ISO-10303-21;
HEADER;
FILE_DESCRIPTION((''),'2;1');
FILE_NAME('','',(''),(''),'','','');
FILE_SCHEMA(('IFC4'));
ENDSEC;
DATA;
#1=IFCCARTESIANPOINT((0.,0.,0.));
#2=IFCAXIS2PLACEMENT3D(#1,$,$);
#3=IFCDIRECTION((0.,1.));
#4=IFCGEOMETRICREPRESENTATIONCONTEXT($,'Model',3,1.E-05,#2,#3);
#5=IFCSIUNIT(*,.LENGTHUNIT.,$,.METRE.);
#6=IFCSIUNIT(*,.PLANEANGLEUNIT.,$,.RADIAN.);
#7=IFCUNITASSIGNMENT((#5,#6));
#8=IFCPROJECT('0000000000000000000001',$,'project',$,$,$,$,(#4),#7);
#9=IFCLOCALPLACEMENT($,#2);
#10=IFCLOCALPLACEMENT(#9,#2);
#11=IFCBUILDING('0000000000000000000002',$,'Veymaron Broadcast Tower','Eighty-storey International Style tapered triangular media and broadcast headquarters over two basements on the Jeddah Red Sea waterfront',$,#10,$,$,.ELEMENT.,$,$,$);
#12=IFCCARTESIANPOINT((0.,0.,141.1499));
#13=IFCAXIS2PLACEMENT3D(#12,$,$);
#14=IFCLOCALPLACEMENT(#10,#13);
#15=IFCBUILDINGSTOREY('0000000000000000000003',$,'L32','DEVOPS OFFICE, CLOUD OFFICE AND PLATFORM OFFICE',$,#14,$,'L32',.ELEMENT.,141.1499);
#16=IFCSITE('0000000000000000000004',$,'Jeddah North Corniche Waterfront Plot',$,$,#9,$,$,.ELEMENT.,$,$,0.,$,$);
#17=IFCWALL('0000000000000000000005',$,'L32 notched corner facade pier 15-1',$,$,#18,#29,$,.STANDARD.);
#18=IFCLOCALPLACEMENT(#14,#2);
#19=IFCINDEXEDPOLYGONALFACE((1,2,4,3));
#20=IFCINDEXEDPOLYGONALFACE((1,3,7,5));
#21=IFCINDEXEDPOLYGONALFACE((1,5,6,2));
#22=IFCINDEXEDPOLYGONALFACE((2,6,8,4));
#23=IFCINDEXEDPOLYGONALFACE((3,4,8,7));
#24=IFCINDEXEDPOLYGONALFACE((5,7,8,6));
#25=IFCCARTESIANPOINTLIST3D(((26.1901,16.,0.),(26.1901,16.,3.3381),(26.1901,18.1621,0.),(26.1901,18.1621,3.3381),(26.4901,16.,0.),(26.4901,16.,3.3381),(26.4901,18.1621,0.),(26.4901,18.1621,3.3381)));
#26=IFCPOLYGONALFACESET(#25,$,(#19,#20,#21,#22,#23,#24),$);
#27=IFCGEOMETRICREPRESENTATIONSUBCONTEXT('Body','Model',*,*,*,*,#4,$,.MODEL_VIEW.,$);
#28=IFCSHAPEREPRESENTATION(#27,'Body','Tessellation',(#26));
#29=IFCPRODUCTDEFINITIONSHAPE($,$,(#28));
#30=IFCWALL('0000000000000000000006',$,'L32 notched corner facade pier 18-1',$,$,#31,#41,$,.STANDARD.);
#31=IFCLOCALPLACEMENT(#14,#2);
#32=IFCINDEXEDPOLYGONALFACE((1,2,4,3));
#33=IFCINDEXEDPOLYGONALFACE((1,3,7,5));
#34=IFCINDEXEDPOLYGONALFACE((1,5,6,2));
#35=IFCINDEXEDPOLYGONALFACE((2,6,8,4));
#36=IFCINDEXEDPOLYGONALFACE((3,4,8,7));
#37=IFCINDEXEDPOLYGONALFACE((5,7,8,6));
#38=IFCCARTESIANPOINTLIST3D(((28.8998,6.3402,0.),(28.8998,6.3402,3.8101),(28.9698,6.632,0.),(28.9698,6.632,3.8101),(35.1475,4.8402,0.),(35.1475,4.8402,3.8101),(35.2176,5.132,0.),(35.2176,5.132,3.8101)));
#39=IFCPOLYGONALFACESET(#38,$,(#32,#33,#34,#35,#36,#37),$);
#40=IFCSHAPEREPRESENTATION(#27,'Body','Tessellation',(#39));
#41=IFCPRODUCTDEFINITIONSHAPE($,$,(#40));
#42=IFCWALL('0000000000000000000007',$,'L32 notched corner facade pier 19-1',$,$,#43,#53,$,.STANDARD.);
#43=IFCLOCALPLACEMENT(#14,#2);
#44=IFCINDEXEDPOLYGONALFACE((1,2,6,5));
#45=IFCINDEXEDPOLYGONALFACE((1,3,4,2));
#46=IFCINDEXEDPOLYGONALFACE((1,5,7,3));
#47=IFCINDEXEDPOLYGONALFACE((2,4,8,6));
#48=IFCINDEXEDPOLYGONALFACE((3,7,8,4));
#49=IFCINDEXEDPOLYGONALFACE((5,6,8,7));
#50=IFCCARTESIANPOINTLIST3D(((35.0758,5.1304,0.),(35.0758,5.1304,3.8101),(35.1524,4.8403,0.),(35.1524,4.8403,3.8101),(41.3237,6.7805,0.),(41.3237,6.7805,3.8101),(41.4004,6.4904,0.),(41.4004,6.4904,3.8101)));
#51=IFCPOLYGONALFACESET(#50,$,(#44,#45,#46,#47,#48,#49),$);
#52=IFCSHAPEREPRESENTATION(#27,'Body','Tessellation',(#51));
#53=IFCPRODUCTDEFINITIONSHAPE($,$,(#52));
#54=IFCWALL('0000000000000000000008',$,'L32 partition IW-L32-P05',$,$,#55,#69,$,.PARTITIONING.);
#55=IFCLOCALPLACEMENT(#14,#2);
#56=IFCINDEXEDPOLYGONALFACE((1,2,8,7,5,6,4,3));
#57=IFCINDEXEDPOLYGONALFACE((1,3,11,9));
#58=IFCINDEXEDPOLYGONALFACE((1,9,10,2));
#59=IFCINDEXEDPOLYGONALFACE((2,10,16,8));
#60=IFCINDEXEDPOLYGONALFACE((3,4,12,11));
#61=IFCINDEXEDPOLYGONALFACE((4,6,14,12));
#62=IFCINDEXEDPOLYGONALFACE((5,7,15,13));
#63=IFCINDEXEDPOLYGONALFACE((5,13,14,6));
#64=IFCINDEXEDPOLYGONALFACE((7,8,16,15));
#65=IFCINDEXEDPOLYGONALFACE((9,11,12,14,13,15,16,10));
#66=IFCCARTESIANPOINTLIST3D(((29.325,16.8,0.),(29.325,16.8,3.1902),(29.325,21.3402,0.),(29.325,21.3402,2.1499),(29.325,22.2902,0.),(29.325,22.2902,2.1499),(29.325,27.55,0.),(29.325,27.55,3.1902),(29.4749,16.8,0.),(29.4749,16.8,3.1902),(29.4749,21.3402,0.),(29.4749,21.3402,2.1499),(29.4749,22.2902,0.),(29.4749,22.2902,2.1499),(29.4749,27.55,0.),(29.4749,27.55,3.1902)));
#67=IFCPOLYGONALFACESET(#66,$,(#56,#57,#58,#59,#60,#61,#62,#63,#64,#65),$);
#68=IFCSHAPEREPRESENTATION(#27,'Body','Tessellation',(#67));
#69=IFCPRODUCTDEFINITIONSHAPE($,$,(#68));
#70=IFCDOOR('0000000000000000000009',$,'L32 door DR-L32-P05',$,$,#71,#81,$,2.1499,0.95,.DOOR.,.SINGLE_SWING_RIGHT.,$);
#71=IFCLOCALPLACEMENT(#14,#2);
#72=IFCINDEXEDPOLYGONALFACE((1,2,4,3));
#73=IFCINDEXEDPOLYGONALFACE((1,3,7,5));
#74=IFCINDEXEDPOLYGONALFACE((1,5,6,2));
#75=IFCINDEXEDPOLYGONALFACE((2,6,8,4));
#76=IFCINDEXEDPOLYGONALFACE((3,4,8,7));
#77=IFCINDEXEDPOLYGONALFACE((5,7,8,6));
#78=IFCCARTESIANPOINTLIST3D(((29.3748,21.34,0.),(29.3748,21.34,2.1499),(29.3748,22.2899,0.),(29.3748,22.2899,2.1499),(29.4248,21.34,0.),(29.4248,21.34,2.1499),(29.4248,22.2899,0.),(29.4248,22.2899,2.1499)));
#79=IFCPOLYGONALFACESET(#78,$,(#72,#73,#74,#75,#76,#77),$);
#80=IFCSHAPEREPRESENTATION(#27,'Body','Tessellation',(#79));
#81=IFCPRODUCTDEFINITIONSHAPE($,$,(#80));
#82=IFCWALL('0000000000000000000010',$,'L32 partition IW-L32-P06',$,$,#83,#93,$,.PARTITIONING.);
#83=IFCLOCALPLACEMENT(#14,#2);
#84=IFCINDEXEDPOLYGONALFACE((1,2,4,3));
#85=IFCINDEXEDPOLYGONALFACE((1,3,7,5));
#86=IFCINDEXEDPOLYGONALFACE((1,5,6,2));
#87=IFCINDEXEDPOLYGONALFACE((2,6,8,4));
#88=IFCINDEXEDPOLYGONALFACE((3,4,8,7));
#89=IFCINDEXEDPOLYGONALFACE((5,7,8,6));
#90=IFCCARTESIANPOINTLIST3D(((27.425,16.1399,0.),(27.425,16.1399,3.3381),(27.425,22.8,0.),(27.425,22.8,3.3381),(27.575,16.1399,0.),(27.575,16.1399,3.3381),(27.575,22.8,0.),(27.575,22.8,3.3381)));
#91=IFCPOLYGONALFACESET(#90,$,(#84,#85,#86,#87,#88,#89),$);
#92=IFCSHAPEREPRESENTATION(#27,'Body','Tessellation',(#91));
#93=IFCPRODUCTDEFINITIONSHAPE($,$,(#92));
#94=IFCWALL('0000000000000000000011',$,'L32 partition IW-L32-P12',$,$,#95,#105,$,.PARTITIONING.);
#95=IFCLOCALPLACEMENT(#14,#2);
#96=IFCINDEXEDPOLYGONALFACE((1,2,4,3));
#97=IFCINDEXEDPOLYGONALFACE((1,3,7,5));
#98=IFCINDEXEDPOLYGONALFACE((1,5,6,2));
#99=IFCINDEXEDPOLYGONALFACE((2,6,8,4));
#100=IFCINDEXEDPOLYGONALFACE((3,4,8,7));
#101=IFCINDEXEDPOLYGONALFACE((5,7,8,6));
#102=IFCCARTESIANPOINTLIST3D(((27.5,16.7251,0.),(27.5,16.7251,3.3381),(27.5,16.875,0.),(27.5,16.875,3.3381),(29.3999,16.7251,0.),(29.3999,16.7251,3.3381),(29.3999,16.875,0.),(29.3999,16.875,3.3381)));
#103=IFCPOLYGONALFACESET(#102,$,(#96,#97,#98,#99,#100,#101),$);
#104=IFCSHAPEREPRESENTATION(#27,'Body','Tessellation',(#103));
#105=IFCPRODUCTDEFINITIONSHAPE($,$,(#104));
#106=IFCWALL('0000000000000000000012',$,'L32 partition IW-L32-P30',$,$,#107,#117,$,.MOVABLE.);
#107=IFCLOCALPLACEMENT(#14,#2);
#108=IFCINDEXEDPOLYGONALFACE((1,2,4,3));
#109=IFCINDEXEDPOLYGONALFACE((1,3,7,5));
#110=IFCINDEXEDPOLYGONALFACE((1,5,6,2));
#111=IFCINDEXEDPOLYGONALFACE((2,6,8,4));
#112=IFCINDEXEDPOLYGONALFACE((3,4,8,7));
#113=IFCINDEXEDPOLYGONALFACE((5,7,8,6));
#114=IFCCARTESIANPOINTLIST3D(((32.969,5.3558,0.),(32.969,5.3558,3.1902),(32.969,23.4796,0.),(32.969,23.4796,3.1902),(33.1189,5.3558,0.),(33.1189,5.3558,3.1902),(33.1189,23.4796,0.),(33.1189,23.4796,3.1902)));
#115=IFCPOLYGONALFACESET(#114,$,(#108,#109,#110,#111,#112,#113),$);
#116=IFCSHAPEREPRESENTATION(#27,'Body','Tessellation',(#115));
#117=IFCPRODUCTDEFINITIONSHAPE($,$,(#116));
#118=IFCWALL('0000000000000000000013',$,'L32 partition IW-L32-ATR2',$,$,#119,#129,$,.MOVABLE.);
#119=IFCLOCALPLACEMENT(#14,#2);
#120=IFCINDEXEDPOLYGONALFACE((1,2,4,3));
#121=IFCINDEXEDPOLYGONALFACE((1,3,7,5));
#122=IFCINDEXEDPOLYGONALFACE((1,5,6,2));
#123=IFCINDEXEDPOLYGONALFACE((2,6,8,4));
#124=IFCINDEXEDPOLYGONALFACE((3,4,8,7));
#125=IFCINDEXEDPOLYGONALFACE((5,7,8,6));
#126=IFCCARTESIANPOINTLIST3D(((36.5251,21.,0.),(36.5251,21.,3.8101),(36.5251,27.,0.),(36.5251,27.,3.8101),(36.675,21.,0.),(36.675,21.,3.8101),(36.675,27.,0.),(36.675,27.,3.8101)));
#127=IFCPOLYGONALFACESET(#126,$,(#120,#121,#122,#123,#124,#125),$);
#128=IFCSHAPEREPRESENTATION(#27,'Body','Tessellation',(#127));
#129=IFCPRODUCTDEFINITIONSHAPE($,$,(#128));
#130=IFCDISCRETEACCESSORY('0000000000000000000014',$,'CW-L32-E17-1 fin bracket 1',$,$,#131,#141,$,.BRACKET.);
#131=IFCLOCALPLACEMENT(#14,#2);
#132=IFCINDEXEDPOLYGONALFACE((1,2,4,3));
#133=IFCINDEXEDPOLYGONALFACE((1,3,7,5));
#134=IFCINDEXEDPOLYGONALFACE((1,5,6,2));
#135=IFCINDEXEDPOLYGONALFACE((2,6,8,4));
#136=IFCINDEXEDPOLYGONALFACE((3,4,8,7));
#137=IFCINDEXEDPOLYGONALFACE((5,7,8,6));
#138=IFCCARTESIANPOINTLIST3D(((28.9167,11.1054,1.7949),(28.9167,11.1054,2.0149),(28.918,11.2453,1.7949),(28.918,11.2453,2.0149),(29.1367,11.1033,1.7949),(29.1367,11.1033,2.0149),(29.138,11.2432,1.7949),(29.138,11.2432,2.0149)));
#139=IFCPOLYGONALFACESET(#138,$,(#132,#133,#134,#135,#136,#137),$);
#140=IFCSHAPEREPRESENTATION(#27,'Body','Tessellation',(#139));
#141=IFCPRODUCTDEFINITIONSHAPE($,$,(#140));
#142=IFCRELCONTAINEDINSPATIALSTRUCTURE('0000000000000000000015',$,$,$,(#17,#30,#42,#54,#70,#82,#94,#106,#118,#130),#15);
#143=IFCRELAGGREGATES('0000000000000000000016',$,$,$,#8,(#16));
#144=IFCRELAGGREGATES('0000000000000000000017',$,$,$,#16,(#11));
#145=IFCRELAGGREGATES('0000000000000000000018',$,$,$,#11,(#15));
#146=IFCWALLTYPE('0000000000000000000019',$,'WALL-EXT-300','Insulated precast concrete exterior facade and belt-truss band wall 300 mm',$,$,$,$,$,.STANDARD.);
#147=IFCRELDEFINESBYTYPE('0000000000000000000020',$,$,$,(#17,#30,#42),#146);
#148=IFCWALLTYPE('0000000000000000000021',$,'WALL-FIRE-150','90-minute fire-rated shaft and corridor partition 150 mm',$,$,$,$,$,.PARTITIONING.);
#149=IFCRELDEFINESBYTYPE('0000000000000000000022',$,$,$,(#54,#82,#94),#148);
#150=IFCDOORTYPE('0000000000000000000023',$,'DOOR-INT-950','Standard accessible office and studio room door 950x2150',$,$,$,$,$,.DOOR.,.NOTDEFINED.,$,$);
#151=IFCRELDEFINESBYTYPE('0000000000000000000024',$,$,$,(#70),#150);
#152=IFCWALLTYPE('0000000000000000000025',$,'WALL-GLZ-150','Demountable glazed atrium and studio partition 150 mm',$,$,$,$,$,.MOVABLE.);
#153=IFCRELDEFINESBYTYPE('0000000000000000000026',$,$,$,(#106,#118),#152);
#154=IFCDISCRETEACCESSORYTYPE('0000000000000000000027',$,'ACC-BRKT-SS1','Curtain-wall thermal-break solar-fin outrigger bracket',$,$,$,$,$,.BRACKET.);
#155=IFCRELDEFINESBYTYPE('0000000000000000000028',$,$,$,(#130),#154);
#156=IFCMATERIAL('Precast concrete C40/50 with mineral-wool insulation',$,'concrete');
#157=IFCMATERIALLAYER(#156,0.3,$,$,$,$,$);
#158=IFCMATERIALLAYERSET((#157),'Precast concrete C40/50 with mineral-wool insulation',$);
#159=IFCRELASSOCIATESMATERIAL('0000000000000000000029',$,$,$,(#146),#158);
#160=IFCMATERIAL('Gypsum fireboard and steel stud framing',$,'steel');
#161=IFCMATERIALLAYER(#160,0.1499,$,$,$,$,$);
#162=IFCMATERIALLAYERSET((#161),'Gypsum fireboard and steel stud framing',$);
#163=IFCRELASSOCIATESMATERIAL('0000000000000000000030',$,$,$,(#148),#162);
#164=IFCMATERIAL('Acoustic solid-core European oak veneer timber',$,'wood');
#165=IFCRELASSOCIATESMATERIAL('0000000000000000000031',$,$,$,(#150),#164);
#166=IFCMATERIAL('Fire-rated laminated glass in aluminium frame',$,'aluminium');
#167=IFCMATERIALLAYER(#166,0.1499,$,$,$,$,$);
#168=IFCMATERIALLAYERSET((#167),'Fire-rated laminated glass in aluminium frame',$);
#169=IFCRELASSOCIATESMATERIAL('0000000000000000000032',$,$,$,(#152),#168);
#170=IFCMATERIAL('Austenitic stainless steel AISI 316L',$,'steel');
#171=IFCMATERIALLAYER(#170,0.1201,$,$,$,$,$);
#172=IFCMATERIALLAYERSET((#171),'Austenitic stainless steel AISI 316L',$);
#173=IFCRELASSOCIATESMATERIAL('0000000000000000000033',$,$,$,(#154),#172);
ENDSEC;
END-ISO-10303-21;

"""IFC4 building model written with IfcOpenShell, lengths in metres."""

from ifc_helpers import new_model, si_unit, direction, frame, frame_2d, origin, origin_2d, place, context, subcontext, project, spatial, rectangle, extrude, material, layer, layer_set, type_object, element, fill, save


model = new_model("IFC4")

# Units and contexts
model_context = context("Model", 3, precision=1e-05, world=origin(), true_north=direction((0.0, 1.0)))
body_context = subcontext(model_context, "Body", "Model", "MODEL_VIEW")
ifc_project = project(units=[si_unit("LENGTHUNIT", "METRE"), si_unit("PLANEANGLEUNIT", "RADIAN")], contexts=[model_context])

# Site, building, storey
site_placement = place(None, origin())
site = spatial("IfcSite", under=ifc_project, at=site_placement, Name="Jeddah North Corniche Waterfront Plot", CompositionType="ELEMENT", RefElevation=0.0)
building_placement = place(site_placement, origin())
building = spatial("IfcBuilding", under=site, at=building_placement, Name="Veymaron Broadcast Tower", Description="Eighty-storey International Style tapered triangular media and broadcast headquarters over two basements on the Jeddah Red Sea waterfront", CompositionType="ELEMENT")
storey_placement = place(building_placement, frame((0.0, 0.0, 141.1499)))
storey = spatial("IfcBuildingStorey", under=building, at=storey_placement, Name="L32", Description="DEVOPS OFFICE, CLOUD OFFICE AND PLATFORM OFFICE", LongName="L32", CompositionType="ELEMENT", Elevation=141.1499)

# Walls
ifc_material_1 = material(Name="Precast concrete C40/50 with mineral-wool insulation", Category="concrete")
ifc_layer_1 = layer(ifc_material_1, 0.3)
ifc_layer_set_1 = layer_set([ifc_layer_1], Name="Precast concrete C40/50 with mineral-wool insulation")
wall_type_1 = type_object("IfcWallType", Name="WALL-EXT-300", Description="Insulated precast concrete exterior facade and belt-truss band wall 300 mm", PredefinedType="STANDARD", material=ifc_layer_set_1)
wall_1_placement = place(storey_placement, frame((26.3401, 18.1621, 0.0), z_axis=(0.0, 0.0, 1.0), x_axis=(0.0, -1.0, 0.0)))
element("IfcWall", 1, at=wall_1_placement, inside=storey, type_object=wall_type_1, Name="L32 notched corner facade pier 15-1", PredefinedType="STANDARD", context=body_context, shape_type="SweptSolid", body=[
    extrude(rectangle(XDim=2.1621, YDim=0.3, at=frame_2d((1.0811, 0.0))), origin(), (0.0, 0.0, 1.0), 3.3381),
])
wall_2_placement = place(storey_placement, frame((28.9348, 6.4861, 0.0), z_axis=(0.0, 0.0, 1.0), x_axis=(0.972369, -0.233451, 0.0)))
element("IfcWall", 2, at=wall_2_placement, inside=storey, type_object=wall_type_1, Name="L32 notched corner facade pier 18-1", PredefinedType="STANDARD", context=body_context, shape_type="SweptSolid", body=[
    extrude(rectangle(XDim=6.4253, YDim=0.3, at=frame_2d((3.2126, 0.0))), origin(), (0.0, 0.0, 1.0), 3.8101),
])
wall_3_placement = place(storey_placement, frame((35.1143, 4.9854, 0.0), z_axis=(0.0, 0.0, 1.0), x_axis=(0.966846, 0.25536, 0.0)))
element("IfcWall", 3, at=wall_3_placement, inside=storey, type_object=wall_type_1, Name="L32 notched corner facade pier 19-1", PredefinedType="STANDARD", context=body_context, shape_type="SweptSolid", body=[
    extrude(rectangle(XDim=6.4622, YDim=0.3, at=frame_2d((3.231, 0.0))), origin(), (0.0, 0.0, 1.0), 3.8101),
])

# Wall, opening, door
ifc_material_2 = material(Name="Gypsum fireboard and steel stud framing", Category="steel")
ifc_layer_2 = layer(ifc_material_2, 0.1499)
ifc_layer_set_2 = layer_set([ifc_layer_2], Name="Gypsum fireboard and steel stud framing")
wall_type_2 = type_object("IfcWallType", Name="WALL-FIRE-150", Description="90-minute fire-rated shaft and corridor partition 150 mm", PredefinedType="PARTITIONING", material=ifc_layer_set_2)
wall_4_placement = place(storey_placement, frame((29.3999, 16.8, 0.0), z_axis=(0.0, 0.0, 1.0), x_axis=(0.0, 1.0, 0.0)))
wall_4 = element("IfcWall", 4, at=wall_4_placement, inside=storey, type_object=wall_type_2, Name="L32 partition IW-L32-P05", PredefinedType="PARTITIONING", context=body_context, shape_type="SweptSolid", body=[
    extrude(rectangle(XDim=10.75, YDim=0.1499, at=frame_2d((5.375, 0.0))), origin(), (0.0, 0.0, 1.0), 3.1902),
])
opening_placement = place(wall_4_placement, frame((4.54, 0.0, 0.0)))
opening = element("IfcOpeningElement", 5, at=opening_placement, cuts=wall_4, PredefinedType="OPENING", context=body_context, shape_type="SweptSolid", body=[
    extrude(rectangle(XDim=0.95, YDim=2.1499, at=frame_2d((0.4751, 1.075))), frame((0.0, 0.085, 0.0), z_axis=(0.0, -1.0, 0.0), x_axis=(1.0, 0.0, 0.0)), (0.0, 0.0, 1.0), 0.1699),
])
ifc_material_3 = material(Name="Acoustic solid-core European oak veneer timber", Category="wood")
door_type = type_object("IfcDoorType", Name="DOOR-INT-950", Description="Standard accessible office and studio room door 950x2150", OperationType="NOTDEFINED", PredefinedType="DOOR", material=ifc_material_3)
door_placement = place(opening_placement, frame((0.95, 0.0, 0.0), z_axis=(0.0, 0.0, 1.0), x_axis=(-1.0, 0.0, 0.0)))
door = element("IfcDoor", 6, at=door_placement, inside=storey, type_object=door_type, Name="L32 door DR-L32-P05", OperationType="SINGLE_SWING_RIGHT", OverallHeight=2.1499, OverallWidth=0.95, PredefinedType="DOOR", context=body_context, shape_type="SweptSolid", body=[
    extrude(rectangle(XDim=0.95, YDim=2.1499, at=frame_2d((0.4751, 1.075))), frame((0.0, 0.0249, 0.0), z_axis=(0.0, -1.0, 0.0), x_axis=(1.0, 0.0, 0.0)), (0.0, 0.0, 1.0), 0.05),
])
fill(opening, door)

# Walls
wall_5_placement = place(storey_placement, frame((27.5, 16.1399, 0.0), z_axis=(0.0, 0.0, 1.0), x_axis=(0.0, 1.0, 0.0)))
element("IfcWall", 7, at=wall_5_placement, inside=storey, type_object=wall_type_2, Name="L32 partition IW-L32-P06", PredefinedType="PARTITIONING", context=body_context, shape_type="SweptSolid", body=[
    extrude(rectangle(XDim=6.6602, YDim=0.1499, at=frame_2d((3.3301, 0.0))), origin(), (0.0, 0.0, 1.0), 3.3381),
])
wall_6_placement = place(storey_placement, frame((27.5, 16.8, 0.0), z_axis=(0.0, 0.0, 1.0), x_axis=(1.0, 0.0, 0.0)))
element("IfcWall", 8, at=wall_6_placement, inside=storey, type_object=wall_type_2, Name="L32 partition IW-L32-P12", PredefinedType="PARTITIONING", context=body_context, shape_type="SweptSolid", body=[
    extrude(rectangle(XDim=1.8999, YDim=0.1499, at=frame_2d((0.95, 0.0))), origin(), (0.0, 0.0, 1.0), 3.3381),
])
ifc_material_4 = material(Name="Fire-rated laminated glass in aluminium frame", Category="aluminium")
ifc_layer_3 = layer(ifc_material_4, 0.1499)
ifc_layer_set_3 = layer_set([ifc_layer_3], Name="Fire-rated laminated glass in aluminium frame")
wall_type_3 = type_object("IfcWallType", Name="WALL-GLZ-150", Description="Demountable glazed atrium and studio partition 150 mm", PredefinedType="MOVABLE", material=ifc_layer_set_3)
wall_7_placement = place(storey_placement, frame((33.0439, 5.3557, 0.0), z_axis=(0.0, 0.0, 1.0), x_axis=(0.0, 1.0, 0.0)))
element("IfcWall", 9, at=wall_7_placement, inside=storey, type_object=wall_type_3, Name="L32 partition IW-L32-P30", PredefinedType="MOVABLE", context=body_context, shape_type="SweptSolid", body=[
    extrude(rectangle(XDim=18.1238, YDim=0.1499, at=frame_2d((9.062, 0.0))), origin(), (0.0, 0.0, 1.0), 3.1902),
])
wall_8_placement = place(storey_placement, frame((36.6001, 21.0, 0.0), z_axis=(0.0, 0.0, 1.0), x_axis=(0.0, 1.0, 0.0)))
element("IfcWall", 10, at=wall_8_placement, inside=storey, type_object=wall_type_3, Name="L32 partition IW-L32-ATR2", PredefinedType="MOVABLE", context=body_context, shape_type="SweptSolid", body=[
    extrude(rectangle(XDim=6.0, YDim=0.1499, at=frame_2d((3.0, 0.0))), origin(), (0.0, 0.0, 1.0), 3.8101),
])

# Discrete accessory
ifc_material_5 = material(Name="Austenitic stainless steel AISI 316L", Category="steel")
ifc_layer_4 = layer(ifc_material_5, 0.1201)
ifc_layer_set_4 = layer_set([ifc_layer_4], Name="Austenitic stainless steel AISI 316L")
discrete_accessory_type = type_object("IfcDiscreteAccessoryType", Name="ACC-BRKT-SS1", Description="Curtain-wall thermal-break solar-fin outrigger bracket", PredefinedType="BRACKET", material=ifc_layer_set_4)
discrete_accessory_placement = place(storey_placement, frame((29.0273, 11.1743, 1.7949), z_axis=(0.0, 0.0, 1.0), x_axis=(-0.999956, 0.009355, 0.0)))
element("IfcDiscreteAccessory", 11, at=discrete_accessory_placement, inside=storey, type_object=discrete_accessory_type, Name="CW-L32-E17-1 fin bracket 1", PredefinedType="BRACKET", context=body_context, shape_type="SweptSolid", body=[
    extrude(rectangle(XDim=0.22, YDim=0.1399, at=origin_2d()), origin(), (0.0, 0.0, 1.0), 0.22),
])

save(model, "model.ifc")
